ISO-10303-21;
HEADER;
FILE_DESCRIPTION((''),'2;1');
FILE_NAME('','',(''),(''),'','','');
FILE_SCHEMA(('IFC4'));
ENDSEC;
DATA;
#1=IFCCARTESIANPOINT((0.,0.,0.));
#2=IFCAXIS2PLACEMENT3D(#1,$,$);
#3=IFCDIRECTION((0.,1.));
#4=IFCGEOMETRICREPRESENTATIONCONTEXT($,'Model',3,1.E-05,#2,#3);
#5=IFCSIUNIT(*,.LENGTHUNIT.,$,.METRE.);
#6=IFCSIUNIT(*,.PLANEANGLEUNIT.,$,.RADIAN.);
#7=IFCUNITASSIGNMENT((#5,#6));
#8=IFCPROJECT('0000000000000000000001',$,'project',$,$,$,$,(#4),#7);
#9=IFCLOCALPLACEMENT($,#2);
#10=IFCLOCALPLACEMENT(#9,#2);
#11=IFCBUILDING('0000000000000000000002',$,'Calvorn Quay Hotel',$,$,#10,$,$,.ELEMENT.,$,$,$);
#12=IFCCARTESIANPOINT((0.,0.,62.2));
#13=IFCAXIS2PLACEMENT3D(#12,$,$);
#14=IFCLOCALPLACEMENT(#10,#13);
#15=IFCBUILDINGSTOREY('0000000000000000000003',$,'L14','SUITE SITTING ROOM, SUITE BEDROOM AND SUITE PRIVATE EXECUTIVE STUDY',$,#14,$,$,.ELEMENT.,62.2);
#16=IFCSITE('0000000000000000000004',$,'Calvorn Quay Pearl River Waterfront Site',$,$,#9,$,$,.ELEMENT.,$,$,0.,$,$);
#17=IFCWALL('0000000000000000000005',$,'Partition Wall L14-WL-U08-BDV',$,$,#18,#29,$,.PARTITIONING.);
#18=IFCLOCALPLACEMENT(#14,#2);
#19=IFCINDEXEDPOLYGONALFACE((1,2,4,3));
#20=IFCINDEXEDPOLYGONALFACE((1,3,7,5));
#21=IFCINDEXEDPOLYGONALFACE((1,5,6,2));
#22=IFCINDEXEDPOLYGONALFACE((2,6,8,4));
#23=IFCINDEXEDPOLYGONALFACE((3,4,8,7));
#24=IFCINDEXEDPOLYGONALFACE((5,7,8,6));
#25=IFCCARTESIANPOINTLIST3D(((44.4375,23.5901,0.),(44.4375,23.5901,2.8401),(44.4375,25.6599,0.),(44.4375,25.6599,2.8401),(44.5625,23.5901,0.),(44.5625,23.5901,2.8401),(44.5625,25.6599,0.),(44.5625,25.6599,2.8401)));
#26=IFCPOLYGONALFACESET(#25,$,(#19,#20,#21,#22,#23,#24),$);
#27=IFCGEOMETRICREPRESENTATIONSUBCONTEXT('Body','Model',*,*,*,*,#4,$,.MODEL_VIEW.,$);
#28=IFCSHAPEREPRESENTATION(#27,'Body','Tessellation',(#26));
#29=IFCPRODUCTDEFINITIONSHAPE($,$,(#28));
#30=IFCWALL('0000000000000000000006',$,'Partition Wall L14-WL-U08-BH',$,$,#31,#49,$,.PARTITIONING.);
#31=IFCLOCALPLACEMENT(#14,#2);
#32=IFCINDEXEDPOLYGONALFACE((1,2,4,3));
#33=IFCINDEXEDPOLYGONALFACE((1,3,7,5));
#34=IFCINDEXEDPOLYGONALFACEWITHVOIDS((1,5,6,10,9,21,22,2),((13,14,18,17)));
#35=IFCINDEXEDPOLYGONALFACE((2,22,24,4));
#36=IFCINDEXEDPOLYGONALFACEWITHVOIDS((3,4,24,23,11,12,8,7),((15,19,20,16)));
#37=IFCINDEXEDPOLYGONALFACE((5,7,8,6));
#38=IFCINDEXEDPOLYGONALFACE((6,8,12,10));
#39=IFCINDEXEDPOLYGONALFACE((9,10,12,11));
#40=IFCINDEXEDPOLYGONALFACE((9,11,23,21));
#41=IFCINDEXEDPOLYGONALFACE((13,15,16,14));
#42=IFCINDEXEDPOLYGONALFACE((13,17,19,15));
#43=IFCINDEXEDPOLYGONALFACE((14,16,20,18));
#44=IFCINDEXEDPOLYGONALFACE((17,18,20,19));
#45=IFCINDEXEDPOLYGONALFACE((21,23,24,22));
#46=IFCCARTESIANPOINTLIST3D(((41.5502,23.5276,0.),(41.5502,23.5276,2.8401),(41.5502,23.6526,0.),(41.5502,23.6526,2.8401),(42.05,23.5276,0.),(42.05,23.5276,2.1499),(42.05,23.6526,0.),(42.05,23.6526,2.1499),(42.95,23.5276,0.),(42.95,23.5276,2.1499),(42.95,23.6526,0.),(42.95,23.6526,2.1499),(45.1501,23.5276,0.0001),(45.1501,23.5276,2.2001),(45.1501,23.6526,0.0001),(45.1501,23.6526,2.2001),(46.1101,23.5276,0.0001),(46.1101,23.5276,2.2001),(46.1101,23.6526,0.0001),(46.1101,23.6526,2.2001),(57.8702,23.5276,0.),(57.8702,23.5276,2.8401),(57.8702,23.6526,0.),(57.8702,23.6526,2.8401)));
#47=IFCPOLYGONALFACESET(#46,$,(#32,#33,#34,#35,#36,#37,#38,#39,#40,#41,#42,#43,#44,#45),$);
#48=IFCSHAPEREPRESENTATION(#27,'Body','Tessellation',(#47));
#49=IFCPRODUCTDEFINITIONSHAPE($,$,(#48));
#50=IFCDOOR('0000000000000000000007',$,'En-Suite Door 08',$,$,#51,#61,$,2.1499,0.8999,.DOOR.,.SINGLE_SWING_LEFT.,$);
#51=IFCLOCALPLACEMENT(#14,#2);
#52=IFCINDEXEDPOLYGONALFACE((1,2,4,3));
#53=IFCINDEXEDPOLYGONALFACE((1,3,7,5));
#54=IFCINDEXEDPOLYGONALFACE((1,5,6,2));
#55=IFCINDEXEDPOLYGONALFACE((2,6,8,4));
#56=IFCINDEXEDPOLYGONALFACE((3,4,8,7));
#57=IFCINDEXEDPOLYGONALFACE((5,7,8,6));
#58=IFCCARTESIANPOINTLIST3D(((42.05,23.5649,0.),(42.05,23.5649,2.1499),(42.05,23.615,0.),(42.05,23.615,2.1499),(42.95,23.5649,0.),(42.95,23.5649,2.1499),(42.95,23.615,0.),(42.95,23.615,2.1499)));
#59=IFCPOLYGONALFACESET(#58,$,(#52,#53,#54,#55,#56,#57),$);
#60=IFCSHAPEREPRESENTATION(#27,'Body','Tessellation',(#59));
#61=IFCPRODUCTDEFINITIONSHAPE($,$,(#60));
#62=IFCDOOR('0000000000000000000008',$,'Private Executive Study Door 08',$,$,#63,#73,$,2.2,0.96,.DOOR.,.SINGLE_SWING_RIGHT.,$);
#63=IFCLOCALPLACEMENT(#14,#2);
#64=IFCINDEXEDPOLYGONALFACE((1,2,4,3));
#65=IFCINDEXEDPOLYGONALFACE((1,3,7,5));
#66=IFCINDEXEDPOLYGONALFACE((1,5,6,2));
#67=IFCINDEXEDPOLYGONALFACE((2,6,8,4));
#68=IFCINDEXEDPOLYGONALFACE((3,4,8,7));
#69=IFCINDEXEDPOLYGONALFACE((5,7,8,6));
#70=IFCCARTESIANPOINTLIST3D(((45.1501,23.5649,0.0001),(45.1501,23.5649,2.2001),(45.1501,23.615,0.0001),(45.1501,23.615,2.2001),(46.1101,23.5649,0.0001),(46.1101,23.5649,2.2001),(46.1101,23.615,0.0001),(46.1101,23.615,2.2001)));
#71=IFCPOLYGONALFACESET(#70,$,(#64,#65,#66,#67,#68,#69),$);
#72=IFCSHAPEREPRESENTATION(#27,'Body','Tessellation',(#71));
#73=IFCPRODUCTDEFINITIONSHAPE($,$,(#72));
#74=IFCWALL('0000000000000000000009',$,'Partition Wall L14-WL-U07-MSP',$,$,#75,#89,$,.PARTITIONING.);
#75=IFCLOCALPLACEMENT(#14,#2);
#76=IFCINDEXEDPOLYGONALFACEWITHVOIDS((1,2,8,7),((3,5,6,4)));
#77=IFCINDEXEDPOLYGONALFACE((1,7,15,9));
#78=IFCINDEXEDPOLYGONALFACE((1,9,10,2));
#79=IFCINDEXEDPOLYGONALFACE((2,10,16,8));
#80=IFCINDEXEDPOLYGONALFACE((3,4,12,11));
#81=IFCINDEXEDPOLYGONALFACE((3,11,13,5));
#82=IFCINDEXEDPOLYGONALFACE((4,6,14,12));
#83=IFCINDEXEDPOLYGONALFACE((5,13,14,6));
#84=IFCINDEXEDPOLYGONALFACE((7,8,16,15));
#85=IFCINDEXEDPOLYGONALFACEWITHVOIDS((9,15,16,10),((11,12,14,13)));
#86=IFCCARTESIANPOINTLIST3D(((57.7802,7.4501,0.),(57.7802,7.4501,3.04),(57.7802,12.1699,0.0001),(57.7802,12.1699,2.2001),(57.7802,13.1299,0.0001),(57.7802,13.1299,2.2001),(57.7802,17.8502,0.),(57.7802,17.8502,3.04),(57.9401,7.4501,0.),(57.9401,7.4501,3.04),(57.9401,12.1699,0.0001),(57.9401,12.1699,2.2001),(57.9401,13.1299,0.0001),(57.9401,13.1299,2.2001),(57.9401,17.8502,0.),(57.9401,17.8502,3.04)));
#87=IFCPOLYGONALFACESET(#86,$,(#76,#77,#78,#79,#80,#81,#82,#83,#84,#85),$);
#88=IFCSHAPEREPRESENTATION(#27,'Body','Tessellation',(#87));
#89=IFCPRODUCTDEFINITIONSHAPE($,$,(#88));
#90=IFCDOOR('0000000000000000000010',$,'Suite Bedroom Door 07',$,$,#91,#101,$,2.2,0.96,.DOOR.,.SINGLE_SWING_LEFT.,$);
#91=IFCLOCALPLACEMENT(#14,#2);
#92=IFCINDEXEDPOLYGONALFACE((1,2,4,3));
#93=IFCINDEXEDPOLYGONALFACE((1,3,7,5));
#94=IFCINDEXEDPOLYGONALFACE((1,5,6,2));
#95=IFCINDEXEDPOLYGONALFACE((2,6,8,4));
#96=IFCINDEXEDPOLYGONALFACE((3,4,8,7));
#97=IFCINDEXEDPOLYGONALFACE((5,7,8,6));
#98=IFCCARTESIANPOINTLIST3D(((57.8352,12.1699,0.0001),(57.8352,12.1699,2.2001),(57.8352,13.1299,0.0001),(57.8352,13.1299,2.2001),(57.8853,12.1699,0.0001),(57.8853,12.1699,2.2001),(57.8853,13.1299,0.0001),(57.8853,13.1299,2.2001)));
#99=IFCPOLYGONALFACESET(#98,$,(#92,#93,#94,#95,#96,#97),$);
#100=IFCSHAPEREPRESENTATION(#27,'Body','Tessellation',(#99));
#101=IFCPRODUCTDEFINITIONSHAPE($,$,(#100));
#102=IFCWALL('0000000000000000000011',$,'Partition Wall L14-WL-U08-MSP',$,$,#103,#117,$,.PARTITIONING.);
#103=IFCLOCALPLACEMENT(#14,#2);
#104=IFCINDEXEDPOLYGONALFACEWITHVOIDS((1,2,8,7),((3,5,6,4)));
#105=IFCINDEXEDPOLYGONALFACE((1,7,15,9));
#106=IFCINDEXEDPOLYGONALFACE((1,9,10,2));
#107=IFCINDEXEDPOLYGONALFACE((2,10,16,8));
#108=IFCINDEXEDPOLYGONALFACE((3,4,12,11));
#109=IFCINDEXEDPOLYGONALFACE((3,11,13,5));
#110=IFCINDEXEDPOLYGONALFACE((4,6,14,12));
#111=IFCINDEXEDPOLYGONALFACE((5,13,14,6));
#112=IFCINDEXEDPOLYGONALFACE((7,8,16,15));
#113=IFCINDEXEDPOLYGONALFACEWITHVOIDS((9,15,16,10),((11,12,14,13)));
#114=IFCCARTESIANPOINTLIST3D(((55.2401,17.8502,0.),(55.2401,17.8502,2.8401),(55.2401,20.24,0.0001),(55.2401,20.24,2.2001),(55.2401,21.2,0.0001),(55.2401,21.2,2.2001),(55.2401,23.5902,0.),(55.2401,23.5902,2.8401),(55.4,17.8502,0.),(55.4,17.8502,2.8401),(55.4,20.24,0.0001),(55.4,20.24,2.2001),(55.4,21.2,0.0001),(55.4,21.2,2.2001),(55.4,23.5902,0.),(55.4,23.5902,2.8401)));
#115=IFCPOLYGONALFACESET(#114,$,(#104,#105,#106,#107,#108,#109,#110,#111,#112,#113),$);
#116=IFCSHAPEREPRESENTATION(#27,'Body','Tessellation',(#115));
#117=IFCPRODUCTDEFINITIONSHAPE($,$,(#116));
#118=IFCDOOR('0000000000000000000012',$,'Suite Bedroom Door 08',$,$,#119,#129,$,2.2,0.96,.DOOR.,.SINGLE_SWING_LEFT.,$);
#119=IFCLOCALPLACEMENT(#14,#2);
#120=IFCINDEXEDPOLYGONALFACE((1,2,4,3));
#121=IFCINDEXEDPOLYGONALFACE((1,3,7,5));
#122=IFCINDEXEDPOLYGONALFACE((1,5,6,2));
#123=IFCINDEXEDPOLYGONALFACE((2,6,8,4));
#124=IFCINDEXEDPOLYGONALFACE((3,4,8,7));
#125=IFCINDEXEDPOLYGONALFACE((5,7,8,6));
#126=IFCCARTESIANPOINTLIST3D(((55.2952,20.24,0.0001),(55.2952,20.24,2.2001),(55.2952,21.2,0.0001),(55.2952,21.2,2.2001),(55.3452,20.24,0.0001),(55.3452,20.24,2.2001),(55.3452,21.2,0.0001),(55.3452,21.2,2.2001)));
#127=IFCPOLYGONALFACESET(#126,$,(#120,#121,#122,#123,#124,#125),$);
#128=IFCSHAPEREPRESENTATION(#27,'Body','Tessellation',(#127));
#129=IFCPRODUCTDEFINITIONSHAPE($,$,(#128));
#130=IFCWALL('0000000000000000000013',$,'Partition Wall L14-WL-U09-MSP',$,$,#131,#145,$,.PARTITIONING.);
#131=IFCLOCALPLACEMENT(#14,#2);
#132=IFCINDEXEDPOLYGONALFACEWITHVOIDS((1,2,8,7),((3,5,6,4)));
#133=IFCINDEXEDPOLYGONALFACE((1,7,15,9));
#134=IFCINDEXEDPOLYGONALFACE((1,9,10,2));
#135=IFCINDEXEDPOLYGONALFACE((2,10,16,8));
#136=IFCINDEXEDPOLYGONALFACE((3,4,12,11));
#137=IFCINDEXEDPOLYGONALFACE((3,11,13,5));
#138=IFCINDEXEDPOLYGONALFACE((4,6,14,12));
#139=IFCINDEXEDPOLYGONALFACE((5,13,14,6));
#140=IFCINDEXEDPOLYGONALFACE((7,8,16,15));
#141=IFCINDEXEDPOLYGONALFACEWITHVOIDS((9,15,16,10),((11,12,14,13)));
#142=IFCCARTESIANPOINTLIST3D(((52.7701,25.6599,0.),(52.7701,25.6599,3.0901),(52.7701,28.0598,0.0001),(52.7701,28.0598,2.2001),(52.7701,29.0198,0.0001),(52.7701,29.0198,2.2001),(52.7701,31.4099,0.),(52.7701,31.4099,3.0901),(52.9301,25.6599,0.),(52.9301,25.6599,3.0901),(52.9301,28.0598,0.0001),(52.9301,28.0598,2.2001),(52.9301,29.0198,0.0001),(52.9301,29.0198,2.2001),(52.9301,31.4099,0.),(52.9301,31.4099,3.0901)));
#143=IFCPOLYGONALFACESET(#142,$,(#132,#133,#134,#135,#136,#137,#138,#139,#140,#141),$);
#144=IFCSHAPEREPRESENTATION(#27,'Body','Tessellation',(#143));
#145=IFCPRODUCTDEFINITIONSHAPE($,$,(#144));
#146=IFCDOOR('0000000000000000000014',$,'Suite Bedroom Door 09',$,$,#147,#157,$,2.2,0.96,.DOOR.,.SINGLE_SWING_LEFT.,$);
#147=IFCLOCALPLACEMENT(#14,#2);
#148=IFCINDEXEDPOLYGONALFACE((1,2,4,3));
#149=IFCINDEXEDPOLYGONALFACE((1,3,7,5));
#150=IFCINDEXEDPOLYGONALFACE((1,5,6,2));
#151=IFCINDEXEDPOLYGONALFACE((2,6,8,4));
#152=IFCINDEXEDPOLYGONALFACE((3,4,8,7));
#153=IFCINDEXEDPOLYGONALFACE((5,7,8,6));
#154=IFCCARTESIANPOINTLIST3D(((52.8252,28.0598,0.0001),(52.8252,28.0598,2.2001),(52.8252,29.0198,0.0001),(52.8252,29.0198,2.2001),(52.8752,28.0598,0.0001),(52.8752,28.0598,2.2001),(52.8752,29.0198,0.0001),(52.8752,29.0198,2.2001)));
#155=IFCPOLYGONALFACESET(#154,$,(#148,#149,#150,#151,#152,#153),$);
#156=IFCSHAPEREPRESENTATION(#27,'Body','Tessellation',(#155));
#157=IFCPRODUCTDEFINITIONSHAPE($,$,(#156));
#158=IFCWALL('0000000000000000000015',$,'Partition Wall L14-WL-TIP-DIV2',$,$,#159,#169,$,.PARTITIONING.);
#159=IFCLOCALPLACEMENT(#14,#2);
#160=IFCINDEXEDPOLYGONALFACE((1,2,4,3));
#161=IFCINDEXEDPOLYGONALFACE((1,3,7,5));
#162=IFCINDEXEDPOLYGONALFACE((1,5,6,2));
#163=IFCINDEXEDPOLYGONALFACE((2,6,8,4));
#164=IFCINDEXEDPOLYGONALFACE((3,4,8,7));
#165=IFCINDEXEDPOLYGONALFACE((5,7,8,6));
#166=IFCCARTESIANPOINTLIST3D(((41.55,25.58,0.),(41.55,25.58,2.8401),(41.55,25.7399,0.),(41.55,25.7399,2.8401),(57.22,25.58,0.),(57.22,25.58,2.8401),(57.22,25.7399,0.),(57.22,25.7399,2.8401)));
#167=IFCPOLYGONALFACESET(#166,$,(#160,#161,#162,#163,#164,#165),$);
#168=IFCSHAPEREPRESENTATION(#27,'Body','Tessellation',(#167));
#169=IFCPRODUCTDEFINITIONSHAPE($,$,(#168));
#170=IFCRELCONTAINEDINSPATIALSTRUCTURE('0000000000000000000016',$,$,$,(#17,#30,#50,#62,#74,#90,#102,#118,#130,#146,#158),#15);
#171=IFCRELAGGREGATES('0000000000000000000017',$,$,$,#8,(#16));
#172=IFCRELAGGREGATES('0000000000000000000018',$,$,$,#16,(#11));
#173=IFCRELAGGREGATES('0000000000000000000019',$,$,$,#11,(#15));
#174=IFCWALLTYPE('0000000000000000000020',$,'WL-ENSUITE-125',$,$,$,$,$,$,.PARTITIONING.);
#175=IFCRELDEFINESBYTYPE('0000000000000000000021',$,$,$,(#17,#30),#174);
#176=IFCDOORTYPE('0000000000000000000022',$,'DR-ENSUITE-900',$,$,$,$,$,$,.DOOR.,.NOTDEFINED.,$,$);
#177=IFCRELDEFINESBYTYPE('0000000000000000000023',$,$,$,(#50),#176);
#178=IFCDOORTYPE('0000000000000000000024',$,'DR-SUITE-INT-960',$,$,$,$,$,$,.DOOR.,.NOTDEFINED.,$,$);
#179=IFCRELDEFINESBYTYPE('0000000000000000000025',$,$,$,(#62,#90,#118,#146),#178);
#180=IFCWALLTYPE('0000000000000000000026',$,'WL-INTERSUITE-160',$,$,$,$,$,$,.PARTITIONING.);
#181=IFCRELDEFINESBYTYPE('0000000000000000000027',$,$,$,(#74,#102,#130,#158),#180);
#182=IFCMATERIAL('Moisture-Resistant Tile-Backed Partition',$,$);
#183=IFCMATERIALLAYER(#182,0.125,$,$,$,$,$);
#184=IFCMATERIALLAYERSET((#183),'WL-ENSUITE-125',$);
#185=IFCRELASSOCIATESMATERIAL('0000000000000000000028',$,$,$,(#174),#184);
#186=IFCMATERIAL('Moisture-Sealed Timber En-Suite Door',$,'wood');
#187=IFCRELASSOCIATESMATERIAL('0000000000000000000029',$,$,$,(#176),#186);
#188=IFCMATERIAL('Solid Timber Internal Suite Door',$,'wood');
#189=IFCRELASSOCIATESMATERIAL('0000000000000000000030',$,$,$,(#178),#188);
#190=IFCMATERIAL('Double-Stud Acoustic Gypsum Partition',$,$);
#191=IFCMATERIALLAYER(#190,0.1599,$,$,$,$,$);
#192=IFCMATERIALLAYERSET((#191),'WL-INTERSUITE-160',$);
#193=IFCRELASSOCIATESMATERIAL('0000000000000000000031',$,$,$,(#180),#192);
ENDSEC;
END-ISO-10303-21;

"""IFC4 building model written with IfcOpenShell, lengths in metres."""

from ifc_helpers import new_model, si_unit, direction, frame, frame_2d, origin, place, context, subcontext, project, spatial, rectangle, extrude, material, layer, layer_set, type_object, element, fill, save


model = new_model("IFC4")

# Units and contexts
model_context = context("Model", 3, precision=1e-05, world=origin(), true_north=direction((0.0, 1.0)))
body_context = subcontext(model_context, "Body", "Model", "MODEL_VIEW")
ifc_project = project(units=[si_unit("LENGTHUNIT", "METRE"), si_unit("PLANEANGLEUNIT", "RADIAN")], contexts=[model_context])

# Site, building, storey
site_placement = place(None, origin())
site = spatial("IfcSite", under=ifc_project, at=site_placement, Name="Calvorn Quay Pearl River Waterfront Site", CompositionType="ELEMENT", RefElevation=0.0)
building_placement = place(site_placement, origin())
building = spatial("IfcBuilding", under=site, at=building_placement, Name="Calvorn Quay Hotel", CompositionType="ELEMENT")
storey_placement = place(building_placement, frame((0.0, 0.0, 62.2)))
storey = spatial("IfcBuildingStorey", under=building, at=storey_placement, Name="L14", Description="SUITE SITTING ROOM, SUITE BEDROOM AND SUITE PRIVATE EXECUTIVE STUDY", CompositionType="ELEMENT", Elevation=62.2)

# Shared definitions
ifc_material_1 = material(Name="Moisture-Resistant Tile-Backed Partition")
ifc_layer_1 = layer(ifc_material_1, 0.125)
ifc_layer_set_1 = layer_set([ifc_layer_1], Name="WL-ENSUITE-125")
wall_type_1 = type_object("IfcWallType", Name="WL-ENSUITE-125", PredefinedType="PARTITIONING", material=ifc_layer_set_1)

# Shared definitions
ifc_material_2 = material(Name="Moisture-Sealed Timber En-Suite Door", Category="wood")
door_type_1 = type_object("IfcDoorType", Name="DR-ENSUITE-900", OperationType="NOTDEFINED", PredefinedType="DOOR", material=ifc_material_2)
ifc_material_3 = material(Name="Solid Timber Internal Suite Door", Category="wood")
door_type_2 = type_object("IfcDoorType", Name="DR-SUITE-INT-960", OperationType="NOTDEFINED", PredefinedType="DOOR", material=ifc_material_3)

# Wall
wall_1_placement = place(storey_placement, frame((44.5, 23.5901, 0.0), z_axis=(0.0, 0.0, 1.0), x_axis=(0.0, 1.0, 0.0)))
element("IfcWall", 1, at=wall_1_placement, inside=storey, type_object=wall_type_1, Name="Partition Wall L14-WL-U08-BDV", PredefinedType="PARTITIONING", context=body_context, shape_type="SweptSolid", body=[
    extrude(rectangle(XDim=2.0698, YDim=0.125, at=frame_2d((1.0349, 0.0))), origin(), (0.0, 0.0, 1.0), 2.8401),
])

# Wall, openings, doors
wall_2_placement = place(storey_placement, frame((41.55, 23.5901, 0.0), z_axis=(0.0, 0.0, 1.0), x_axis=(1.0, 0.0, 0.0)))
wall_2 = element("IfcWall", 2, at=wall_2_placement, inside=storey, type_object=wall_type_1, Name="Partition Wall L14-WL-U08-BH", PredefinedType="PARTITIONING", context=body_context, shape_type="SweptSolid", body=[
    extrude(rectangle(XDim=16.3201, YDim=0.125, at=frame_2d((8.1602, 0.0))), origin(), (0.0, 0.0, 1.0), 2.8401),
])
opening_1_placement = place(wall_2_placement, frame((0.5, 0.0, 0.0)))
opening_1 = element("IfcOpeningElement", 3, at=opening_1_placement, cuts=wall_2, PredefinedType="OPENING", context=body_context, shape_type="SweptSolid", body=[
    extrude(rectangle(XDim=0.8999, YDim=2.1499, at=frame_2d((0.45, 1.075))), frame((0.0, 0.0725, 0.0), z_axis=(0.0, -1.0, 0.0), x_axis=(1.0, 0.0, 0.0)), (0.0, 0.0, 1.0), 0.145),
])
opening_2_placement = place(wall_2_placement, frame((3.6001, 0.0, 0.0)))
opening_2 = element("IfcOpeningElement", 4, at=opening_2_placement, cuts=wall_2, PredefinedType="OPENING", context=body_context, shape_type="SweptSolid", body=[
    extrude(rectangle(XDim=0.96, YDim=2.2, at=frame_2d((0.48, 1.1001))), frame((0.0, 0.0725, 0.0), z_axis=(0.0, -1.0, 0.0), x_axis=(1.0, 0.0, 0.0)), (0.0, 0.0, 1.0), 0.145),
])
door_1_placement = place(opening_1_placement, origin())
door_1 = element("IfcDoor", 5, at=door_1_placement, inside=storey, type_object=door_type_1, Name="En-Suite Door 08", OperationType="SINGLE_SWING_LEFT", OverallHeight=2.1499, OverallWidth=0.8999, PredefinedType="DOOR", context=body_context, shape_type="SweptSolid", body=[
    extrude(rectangle(XDim=0.8999, YDim=2.1499, at=frame_2d((0.45, 1.075))), frame((0.0, 0.0249, 0.0), z_axis=(0.0, -1.0, 0.0), x_axis=(1.0, 0.0, 0.0)), (0.0, 0.0, 1.0), 0.05),
])
fill(opening_1, door_1)
door_2_placement = place(opening_2_placement, origin())
door_2 = element("IfcDoor", 6, at=door_2_placement, inside=storey, type_object=door_type_2, Name="Private Executive Study Door 08", OperationType="SINGLE_SWING_RIGHT", OverallHeight=2.2, OverallWidth=0.96, PredefinedType="DOOR", context=body_context, shape_type="SweptSolid", body=[
    extrude(rectangle(XDim=0.96, YDim=2.2, at=frame_2d((0.48, 1.1001))), frame((0.0, 0.0249, 0.0), z_axis=(0.0, -1.0, 0.0), x_axis=(1.0, 0.0, 0.0)), (0.0, 0.0, 1.0), 0.05),
])
fill(opening_2, door_2)

# Walls, openings, doors
ifc_material_4 = material(Name="Double-Stud Acoustic Gypsum Partition")
ifc_layer_2 = layer(ifc_material_4, 0.1599)
ifc_layer_set_2 = layer_set([ifc_layer_2], Name="WL-INTERSUITE-160")
wall_type_2 = type_object("IfcWallType", Name="WL-INTERSUITE-160", PredefinedType="PARTITIONING", material=ifc_layer_set_2)
wall_3_placement = place(storey_placement, frame((57.8601, 7.45, 0.0), z_axis=(0.0, 0.0, 1.0), x_axis=(0.0, 1.0, 0.0)))
wall_3 = element("IfcWall", 7, at=wall_3_placement, inside=storey, type_object=wall_type_2, Name="Partition Wall L14-WL-U07-MSP", PredefinedType="PARTITIONING", context=body_context, shape_type="SweptSolid", body=[
    extrude(rectangle(XDim=10.4001, YDim=0.1599, at=frame_2d((5.2002, 0.0))), origin(), (0.0, 0.0, 1.0), 3.04),
])
opening_3_placement = place(wall_3_placement, frame((4.72, 0.0, 0.0)))
opening_3 = element("IfcOpeningElement", 8, at=opening_3_placement, cuts=wall_3, PredefinedType="OPENING", context=body_context, shape_type="SweptSolid", body=[
    extrude(rectangle(XDim=0.96, YDim=2.2, at=frame_2d((0.48, 1.1001))), frame((0.0, 0.0898, 0.0), z_axis=(0.0, -1.0, 0.0), x_axis=(1.0, 0.0, 0.0)), (0.0, 0.0, 1.0), 0.1799),
])
door_3_placement = place(opening_3_placement, origin())
door_3 = element("IfcDoor", 9, at=door_3_placement, inside=storey, type_object=door_type_2, Name="Suite Bedroom Door 07", OperationType="SINGLE_SWING_LEFT", OverallHeight=2.2, OverallWidth=0.96, PredefinedType="DOOR", context=body_context, shape_type="SweptSolid", body=[
    extrude(rectangle(XDim=0.96, YDim=2.2, at=frame_2d((0.48, 1.1001))), frame((0.0, 0.0249, 0.0), z_axis=(0.0, -1.0, 0.0), x_axis=(1.0, 0.0, 0.0)), (0.0, 0.0, 1.0), 0.05),
])
fill(opening_3, door_3)
wall_4_placement = place(storey_placement, frame((55.3201, 17.8501, 0.0), z_axis=(0.0, 0.0, 1.0), x_axis=(0.0, 1.0, 0.0)))
wall_4 = element("IfcWall", 10, at=wall_4_placement, inside=storey, type_object=wall_type_2, Name="Partition Wall L14-WL-U08-MSP", PredefinedType="PARTITIONING", context=body_context, shape_type="SweptSolid", body=[
    extrude(rectangle(XDim=5.74, YDim=0.1599, at=frame_2d((2.8701, 0.0))), origin(), (0.0, 0.0, 1.0), 2.8401),
])
opening_4_placement = place(wall_4_placement, frame((2.3899, 0.0, 0.0)))
opening_4 = element("IfcOpeningElement", 11, at=opening_4_placement, cuts=wall_4, PredefinedType="OPENING", context=body_context, shape_type="SweptSolid", body=[
    extrude(rectangle(XDim=0.96, YDim=2.2, at=frame_2d((0.48, 1.1001))), frame((0.0, 0.0898, 0.0), z_axis=(0.0, -1.0, 0.0), x_axis=(1.0, 0.0, 0.0)), (0.0, 0.0, 1.0), 0.1799),
])
door_4_placement = place(opening_4_placement, origin())
door_4 = element("IfcDoor", 12, at=door_4_placement, inside=storey, type_object=door_type_2, Name="Suite Bedroom Door 08", OperationType="SINGLE_SWING_LEFT", OverallHeight=2.2, OverallWidth=0.96, PredefinedType="DOOR", context=body_context, shape_type="SweptSolid", body=[
    extrude(rectangle(XDim=0.96, YDim=2.2, at=frame_2d((0.48, 1.1001))), frame((0.0, 0.0249, 0.0), z_axis=(0.0, -1.0, 0.0), x_axis=(1.0, 0.0, 0.0)), (0.0, 0.0, 1.0), 0.05),
])
fill(opening_4, door_4)
wall_5_placement = place(storey_placement, frame((52.8501, 25.6599, 0.0), z_axis=(0.0, 0.0, 1.0), x_axis=(0.0, 1.0, 0.0)))
wall_5 = element("IfcWall", 13, at=wall_5_placement, inside=storey, type_object=wall_type_2, Name="Partition Wall L14-WL-U09-MSP", PredefinedType="PARTITIONING", context=body_context, shape_type="SweptSolid", body=[
    extrude(rectangle(XDim=5.75, YDim=0.1599, at=frame_2d((2.875, 0.0))), origin(), (0.0, 0.0, 1.0), 3.0901),
])
opening_5_placement = place(wall_5_placement, frame((2.3999, 0.0, 0.0)))
opening_5 = element("IfcOpeningElement", 14, at=opening_5_placement, cuts=wall_5, PredefinedType="OPENING", context=body_context, shape_type="SweptSolid", body=[
    extrude(rectangle(XDim=0.96, YDim=2.2, at=frame_2d((0.48, 1.1001))), frame((0.0, 0.0898, 0.0), z_axis=(0.0, -1.0, 0.0), x_axis=(1.0, 0.0, 0.0)), (0.0, 0.0, 1.0), 0.1799),
])
door_5_placement = place(opening_5_placement, origin())
door_5 = element("IfcDoor", 15, at=door_5_placement, inside=storey, type_object=door_type_2, Name="Suite Bedroom Door 09", OperationType="SINGLE_SWING_LEFT", OverallHeight=2.2, OverallWidth=0.96, PredefinedType="DOOR", context=body_context, shape_type="SweptSolid", body=[
    extrude(rectangle(XDim=0.96, YDim=2.2, at=frame_2d((0.48, 1.1001))), frame((0.0, 0.0249, 0.0), z_axis=(0.0, -1.0, 0.0), x_axis=(1.0, 0.0, 0.0)), (0.0, 0.0, 1.0), 0.05),
])
fill(opening_5, door_5)

# Wall
wall_6_placement = place(storey_placement, frame((41.55, 25.6599, 0.0), z_axis=(0.0, 0.0, 1.0), x_axis=(1.0, 0.0, 0.0)))
element("IfcWall", 16, at=wall_6_placement, inside=storey, type_object=wall_type_2, Name="Partition Wall L14-WL-TIP-DIV2", PredefinedType="PARTITIONING", context=body_context, shape_type="SweptSolid", body=[
    extrude(rectangle(XDim=15.6699, YDim=0.1599, at=frame_2d((7.835, 0.0))), origin(), (0.0, 0.0, 1.0), 2.8401),
])

save(model, "model.ifc")
